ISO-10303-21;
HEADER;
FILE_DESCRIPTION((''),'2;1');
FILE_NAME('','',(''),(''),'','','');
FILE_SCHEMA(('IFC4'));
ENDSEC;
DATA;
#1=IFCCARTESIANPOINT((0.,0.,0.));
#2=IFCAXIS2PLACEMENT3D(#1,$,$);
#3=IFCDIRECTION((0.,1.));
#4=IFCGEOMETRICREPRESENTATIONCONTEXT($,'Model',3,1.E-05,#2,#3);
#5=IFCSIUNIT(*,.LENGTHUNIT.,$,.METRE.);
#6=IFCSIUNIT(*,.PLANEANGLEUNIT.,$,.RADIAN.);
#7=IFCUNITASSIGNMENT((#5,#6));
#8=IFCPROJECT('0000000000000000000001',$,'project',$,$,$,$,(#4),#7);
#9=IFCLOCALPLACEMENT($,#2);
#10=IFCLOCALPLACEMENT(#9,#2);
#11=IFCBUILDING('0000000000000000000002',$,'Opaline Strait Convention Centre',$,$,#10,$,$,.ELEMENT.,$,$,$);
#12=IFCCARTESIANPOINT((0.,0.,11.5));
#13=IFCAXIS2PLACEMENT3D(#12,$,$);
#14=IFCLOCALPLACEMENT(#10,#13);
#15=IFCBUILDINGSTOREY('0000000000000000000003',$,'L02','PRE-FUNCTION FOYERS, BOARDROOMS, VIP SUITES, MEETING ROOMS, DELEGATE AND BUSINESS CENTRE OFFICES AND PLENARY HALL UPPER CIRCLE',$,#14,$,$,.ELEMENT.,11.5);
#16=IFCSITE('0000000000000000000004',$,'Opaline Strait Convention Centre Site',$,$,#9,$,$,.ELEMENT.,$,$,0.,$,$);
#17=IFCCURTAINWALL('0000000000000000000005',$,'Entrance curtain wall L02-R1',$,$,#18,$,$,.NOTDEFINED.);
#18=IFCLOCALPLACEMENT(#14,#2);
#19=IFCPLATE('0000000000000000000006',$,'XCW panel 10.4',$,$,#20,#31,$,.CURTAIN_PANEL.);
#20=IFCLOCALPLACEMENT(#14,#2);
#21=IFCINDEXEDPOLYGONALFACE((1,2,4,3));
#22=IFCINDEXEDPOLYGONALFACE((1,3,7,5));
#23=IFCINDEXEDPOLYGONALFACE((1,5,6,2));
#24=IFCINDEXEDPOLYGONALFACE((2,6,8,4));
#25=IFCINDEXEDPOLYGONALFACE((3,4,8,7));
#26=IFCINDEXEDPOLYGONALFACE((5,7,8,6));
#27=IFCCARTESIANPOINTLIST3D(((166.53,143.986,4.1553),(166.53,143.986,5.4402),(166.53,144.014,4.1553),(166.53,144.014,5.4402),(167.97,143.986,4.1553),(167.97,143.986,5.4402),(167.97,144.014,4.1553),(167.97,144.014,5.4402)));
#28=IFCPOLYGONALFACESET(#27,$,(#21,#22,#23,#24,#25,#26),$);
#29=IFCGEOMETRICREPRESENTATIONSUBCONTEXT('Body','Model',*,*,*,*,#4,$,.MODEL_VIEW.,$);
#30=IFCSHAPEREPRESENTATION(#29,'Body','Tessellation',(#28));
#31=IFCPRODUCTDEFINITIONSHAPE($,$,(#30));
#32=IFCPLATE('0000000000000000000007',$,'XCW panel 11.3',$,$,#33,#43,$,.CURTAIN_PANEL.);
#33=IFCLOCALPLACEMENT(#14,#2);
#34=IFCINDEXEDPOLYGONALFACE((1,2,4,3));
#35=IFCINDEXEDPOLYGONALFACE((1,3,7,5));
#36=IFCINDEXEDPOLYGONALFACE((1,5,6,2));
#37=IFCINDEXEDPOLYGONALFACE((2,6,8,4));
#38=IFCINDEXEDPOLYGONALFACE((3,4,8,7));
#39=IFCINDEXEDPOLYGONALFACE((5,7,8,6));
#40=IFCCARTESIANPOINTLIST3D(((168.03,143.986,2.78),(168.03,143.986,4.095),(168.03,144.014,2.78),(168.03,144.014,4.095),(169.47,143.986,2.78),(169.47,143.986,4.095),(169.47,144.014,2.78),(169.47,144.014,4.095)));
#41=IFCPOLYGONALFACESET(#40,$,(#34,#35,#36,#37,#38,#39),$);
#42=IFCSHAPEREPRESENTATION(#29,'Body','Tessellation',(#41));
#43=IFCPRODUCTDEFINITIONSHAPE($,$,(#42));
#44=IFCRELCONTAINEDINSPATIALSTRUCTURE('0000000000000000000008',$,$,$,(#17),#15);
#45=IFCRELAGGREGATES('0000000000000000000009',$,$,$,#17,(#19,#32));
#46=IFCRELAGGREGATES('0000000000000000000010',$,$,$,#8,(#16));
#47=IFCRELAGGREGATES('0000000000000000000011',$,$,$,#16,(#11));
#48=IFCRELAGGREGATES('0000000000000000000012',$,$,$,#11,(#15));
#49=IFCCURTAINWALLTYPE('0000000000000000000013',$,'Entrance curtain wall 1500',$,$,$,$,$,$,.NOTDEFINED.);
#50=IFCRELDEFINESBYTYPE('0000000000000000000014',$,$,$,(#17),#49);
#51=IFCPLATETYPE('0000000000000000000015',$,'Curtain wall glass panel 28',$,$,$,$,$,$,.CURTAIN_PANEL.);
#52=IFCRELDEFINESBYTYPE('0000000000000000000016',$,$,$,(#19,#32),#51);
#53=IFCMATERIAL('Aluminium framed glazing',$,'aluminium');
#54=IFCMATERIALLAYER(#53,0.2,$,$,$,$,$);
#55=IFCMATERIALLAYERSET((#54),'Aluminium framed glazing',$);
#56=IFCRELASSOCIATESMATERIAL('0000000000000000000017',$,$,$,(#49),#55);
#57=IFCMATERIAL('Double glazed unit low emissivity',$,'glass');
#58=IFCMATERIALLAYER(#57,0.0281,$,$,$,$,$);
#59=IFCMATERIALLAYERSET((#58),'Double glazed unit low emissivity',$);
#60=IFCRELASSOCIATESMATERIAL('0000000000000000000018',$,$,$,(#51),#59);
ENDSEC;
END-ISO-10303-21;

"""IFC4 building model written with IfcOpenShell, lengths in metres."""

from ifc_helpers import new_model, si_unit, direction, frame, origin, origin_2d, place, context, subcontext, project, spatial, rectangle, extrude, material, layer, layer_set, type_object, element, aggregate, save


model = new_model("IFC4")

# Units and contexts
model_context = context("Model", 3, precision=1e-05, world=origin(), true_north=direction((0.0, 1.0)))
body_context = subcontext(model_context, "Body", "Model", "MODEL_VIEW")
ifc_project = project(units=[si_unit("LENGTHUNIT", "METRE"), si_unit("PLANEANGLEUNIT", "RADIAN")], contexts=[model_context])

# Site, building, storey
site_placement = place(None, origin())
site = spatial("IfcSite", under=ifc_project, at=site_placement, Name="Opaline Strait Convention Centre Site", CompositionType="ELEMENT", RefElevation=0.0)
building_placement = place(site_placement, origin())
building = spatial("IfcBuilding", under=site, at=building_placement, Name="Opaline Strait Convention Centre", CompositionType="ELEMENT")
storey_placement = place(building_placement, frame((0.0, 0.0, 11.5)))
storey = spatial("IfcBuildingStorey", under=building, at=storey_placement, Name="L02", Description="PRE-FUNCTION FOYERS, BOARDROOMS, VIP SUITES, MEETING ROOMS, DELEGATE AND BUSINESS CENTRE OFFICES AND PLENARY HALL UPPER CIRCLE", CompositionType="ELEMENT", Elevation=11.5)

# Curtain wall
ifc_material_1 = material(Name="Aluminium framed glazing", Category="aluminium")
ifc_layer_1 = layer(ifc_material_1, 0.2)
ifc_layer_set_1 = layer_set([ifc_layer_1], Name="Aluminium framed glazing")
curtain_wall_type = type_object("IfcCurtainWallType", Name="Entrance curtain wall 1500", PredefinedType="NOTDEFINED", material=ifc_layer_set_1)
curtain_wall_placement = place(storey_placement, origin())
curtain_wall = element("IfcCurtainWall", 1, at=curtain_wall_placement, inside=storey, type_object=curtain_wall_type, Name="Entrance curtain wall L02-R1", PredefinedType="NOTDEFINED")

# Plates
ifc_material_2 = material(Name="Double glazed unit low emissivity", Category="glass")
ifc_layer_2 = layer(ifc_material_2, 0.0281)
ifc_layer_set_2 = layer_set([ifc_layer_2], Name="Double glazed unit low emissivity")
plate_type = type_object("IfcPlateType", Name="Curtain wall glass panel 28", PredefinedType="CURTAIN_PANEL", material=ifc_layer_set_2)
plate_1_placement = place(storey_placement, frame((167.25, 144.0, 4.1553), z_axis=(0.0, 0.0, 1.0), x_axis=(1.0, 0.0, 0.0)))
plate_1 = element("IfcPlate", 2, at=plate_1_placement, type_object=plate_type, Name="XCW panel 10.4", PredefinedType="CURTAIN_PANEL", context=body_context, shape_type="SweptSolid", body=[
    extrude(rectangle(XDim=1.4399, YDim=0.0281, at=origin_2d()), origin(), (0.0, 0.0, 1.0), 1.2849),
])
plate_2_placement = place(storey_placement, frame((168.75, 144.0, 2.78), z_axis=(0.0, 0.0, 1.0), x_axis=(1.0, 0.0, 0.0)))
plate_2 = element("IfcPlate", 3, at=plate_2_placement, type_object=plate_type, Name="XCW panel 11.3", PredefinedType="CURTAIN_PANEL", context=body_context, shape_type="SweptSolid", body=[
    extrude(rectangle(XDim=1.4399, YDim=0.0281, at=origin_2d()), origin(), (0.0, 0.0, 1.0), 1.3149),
])
aggregate(curtain_wall, [plate_1, plate_2])

save(model, "model.ifc")
